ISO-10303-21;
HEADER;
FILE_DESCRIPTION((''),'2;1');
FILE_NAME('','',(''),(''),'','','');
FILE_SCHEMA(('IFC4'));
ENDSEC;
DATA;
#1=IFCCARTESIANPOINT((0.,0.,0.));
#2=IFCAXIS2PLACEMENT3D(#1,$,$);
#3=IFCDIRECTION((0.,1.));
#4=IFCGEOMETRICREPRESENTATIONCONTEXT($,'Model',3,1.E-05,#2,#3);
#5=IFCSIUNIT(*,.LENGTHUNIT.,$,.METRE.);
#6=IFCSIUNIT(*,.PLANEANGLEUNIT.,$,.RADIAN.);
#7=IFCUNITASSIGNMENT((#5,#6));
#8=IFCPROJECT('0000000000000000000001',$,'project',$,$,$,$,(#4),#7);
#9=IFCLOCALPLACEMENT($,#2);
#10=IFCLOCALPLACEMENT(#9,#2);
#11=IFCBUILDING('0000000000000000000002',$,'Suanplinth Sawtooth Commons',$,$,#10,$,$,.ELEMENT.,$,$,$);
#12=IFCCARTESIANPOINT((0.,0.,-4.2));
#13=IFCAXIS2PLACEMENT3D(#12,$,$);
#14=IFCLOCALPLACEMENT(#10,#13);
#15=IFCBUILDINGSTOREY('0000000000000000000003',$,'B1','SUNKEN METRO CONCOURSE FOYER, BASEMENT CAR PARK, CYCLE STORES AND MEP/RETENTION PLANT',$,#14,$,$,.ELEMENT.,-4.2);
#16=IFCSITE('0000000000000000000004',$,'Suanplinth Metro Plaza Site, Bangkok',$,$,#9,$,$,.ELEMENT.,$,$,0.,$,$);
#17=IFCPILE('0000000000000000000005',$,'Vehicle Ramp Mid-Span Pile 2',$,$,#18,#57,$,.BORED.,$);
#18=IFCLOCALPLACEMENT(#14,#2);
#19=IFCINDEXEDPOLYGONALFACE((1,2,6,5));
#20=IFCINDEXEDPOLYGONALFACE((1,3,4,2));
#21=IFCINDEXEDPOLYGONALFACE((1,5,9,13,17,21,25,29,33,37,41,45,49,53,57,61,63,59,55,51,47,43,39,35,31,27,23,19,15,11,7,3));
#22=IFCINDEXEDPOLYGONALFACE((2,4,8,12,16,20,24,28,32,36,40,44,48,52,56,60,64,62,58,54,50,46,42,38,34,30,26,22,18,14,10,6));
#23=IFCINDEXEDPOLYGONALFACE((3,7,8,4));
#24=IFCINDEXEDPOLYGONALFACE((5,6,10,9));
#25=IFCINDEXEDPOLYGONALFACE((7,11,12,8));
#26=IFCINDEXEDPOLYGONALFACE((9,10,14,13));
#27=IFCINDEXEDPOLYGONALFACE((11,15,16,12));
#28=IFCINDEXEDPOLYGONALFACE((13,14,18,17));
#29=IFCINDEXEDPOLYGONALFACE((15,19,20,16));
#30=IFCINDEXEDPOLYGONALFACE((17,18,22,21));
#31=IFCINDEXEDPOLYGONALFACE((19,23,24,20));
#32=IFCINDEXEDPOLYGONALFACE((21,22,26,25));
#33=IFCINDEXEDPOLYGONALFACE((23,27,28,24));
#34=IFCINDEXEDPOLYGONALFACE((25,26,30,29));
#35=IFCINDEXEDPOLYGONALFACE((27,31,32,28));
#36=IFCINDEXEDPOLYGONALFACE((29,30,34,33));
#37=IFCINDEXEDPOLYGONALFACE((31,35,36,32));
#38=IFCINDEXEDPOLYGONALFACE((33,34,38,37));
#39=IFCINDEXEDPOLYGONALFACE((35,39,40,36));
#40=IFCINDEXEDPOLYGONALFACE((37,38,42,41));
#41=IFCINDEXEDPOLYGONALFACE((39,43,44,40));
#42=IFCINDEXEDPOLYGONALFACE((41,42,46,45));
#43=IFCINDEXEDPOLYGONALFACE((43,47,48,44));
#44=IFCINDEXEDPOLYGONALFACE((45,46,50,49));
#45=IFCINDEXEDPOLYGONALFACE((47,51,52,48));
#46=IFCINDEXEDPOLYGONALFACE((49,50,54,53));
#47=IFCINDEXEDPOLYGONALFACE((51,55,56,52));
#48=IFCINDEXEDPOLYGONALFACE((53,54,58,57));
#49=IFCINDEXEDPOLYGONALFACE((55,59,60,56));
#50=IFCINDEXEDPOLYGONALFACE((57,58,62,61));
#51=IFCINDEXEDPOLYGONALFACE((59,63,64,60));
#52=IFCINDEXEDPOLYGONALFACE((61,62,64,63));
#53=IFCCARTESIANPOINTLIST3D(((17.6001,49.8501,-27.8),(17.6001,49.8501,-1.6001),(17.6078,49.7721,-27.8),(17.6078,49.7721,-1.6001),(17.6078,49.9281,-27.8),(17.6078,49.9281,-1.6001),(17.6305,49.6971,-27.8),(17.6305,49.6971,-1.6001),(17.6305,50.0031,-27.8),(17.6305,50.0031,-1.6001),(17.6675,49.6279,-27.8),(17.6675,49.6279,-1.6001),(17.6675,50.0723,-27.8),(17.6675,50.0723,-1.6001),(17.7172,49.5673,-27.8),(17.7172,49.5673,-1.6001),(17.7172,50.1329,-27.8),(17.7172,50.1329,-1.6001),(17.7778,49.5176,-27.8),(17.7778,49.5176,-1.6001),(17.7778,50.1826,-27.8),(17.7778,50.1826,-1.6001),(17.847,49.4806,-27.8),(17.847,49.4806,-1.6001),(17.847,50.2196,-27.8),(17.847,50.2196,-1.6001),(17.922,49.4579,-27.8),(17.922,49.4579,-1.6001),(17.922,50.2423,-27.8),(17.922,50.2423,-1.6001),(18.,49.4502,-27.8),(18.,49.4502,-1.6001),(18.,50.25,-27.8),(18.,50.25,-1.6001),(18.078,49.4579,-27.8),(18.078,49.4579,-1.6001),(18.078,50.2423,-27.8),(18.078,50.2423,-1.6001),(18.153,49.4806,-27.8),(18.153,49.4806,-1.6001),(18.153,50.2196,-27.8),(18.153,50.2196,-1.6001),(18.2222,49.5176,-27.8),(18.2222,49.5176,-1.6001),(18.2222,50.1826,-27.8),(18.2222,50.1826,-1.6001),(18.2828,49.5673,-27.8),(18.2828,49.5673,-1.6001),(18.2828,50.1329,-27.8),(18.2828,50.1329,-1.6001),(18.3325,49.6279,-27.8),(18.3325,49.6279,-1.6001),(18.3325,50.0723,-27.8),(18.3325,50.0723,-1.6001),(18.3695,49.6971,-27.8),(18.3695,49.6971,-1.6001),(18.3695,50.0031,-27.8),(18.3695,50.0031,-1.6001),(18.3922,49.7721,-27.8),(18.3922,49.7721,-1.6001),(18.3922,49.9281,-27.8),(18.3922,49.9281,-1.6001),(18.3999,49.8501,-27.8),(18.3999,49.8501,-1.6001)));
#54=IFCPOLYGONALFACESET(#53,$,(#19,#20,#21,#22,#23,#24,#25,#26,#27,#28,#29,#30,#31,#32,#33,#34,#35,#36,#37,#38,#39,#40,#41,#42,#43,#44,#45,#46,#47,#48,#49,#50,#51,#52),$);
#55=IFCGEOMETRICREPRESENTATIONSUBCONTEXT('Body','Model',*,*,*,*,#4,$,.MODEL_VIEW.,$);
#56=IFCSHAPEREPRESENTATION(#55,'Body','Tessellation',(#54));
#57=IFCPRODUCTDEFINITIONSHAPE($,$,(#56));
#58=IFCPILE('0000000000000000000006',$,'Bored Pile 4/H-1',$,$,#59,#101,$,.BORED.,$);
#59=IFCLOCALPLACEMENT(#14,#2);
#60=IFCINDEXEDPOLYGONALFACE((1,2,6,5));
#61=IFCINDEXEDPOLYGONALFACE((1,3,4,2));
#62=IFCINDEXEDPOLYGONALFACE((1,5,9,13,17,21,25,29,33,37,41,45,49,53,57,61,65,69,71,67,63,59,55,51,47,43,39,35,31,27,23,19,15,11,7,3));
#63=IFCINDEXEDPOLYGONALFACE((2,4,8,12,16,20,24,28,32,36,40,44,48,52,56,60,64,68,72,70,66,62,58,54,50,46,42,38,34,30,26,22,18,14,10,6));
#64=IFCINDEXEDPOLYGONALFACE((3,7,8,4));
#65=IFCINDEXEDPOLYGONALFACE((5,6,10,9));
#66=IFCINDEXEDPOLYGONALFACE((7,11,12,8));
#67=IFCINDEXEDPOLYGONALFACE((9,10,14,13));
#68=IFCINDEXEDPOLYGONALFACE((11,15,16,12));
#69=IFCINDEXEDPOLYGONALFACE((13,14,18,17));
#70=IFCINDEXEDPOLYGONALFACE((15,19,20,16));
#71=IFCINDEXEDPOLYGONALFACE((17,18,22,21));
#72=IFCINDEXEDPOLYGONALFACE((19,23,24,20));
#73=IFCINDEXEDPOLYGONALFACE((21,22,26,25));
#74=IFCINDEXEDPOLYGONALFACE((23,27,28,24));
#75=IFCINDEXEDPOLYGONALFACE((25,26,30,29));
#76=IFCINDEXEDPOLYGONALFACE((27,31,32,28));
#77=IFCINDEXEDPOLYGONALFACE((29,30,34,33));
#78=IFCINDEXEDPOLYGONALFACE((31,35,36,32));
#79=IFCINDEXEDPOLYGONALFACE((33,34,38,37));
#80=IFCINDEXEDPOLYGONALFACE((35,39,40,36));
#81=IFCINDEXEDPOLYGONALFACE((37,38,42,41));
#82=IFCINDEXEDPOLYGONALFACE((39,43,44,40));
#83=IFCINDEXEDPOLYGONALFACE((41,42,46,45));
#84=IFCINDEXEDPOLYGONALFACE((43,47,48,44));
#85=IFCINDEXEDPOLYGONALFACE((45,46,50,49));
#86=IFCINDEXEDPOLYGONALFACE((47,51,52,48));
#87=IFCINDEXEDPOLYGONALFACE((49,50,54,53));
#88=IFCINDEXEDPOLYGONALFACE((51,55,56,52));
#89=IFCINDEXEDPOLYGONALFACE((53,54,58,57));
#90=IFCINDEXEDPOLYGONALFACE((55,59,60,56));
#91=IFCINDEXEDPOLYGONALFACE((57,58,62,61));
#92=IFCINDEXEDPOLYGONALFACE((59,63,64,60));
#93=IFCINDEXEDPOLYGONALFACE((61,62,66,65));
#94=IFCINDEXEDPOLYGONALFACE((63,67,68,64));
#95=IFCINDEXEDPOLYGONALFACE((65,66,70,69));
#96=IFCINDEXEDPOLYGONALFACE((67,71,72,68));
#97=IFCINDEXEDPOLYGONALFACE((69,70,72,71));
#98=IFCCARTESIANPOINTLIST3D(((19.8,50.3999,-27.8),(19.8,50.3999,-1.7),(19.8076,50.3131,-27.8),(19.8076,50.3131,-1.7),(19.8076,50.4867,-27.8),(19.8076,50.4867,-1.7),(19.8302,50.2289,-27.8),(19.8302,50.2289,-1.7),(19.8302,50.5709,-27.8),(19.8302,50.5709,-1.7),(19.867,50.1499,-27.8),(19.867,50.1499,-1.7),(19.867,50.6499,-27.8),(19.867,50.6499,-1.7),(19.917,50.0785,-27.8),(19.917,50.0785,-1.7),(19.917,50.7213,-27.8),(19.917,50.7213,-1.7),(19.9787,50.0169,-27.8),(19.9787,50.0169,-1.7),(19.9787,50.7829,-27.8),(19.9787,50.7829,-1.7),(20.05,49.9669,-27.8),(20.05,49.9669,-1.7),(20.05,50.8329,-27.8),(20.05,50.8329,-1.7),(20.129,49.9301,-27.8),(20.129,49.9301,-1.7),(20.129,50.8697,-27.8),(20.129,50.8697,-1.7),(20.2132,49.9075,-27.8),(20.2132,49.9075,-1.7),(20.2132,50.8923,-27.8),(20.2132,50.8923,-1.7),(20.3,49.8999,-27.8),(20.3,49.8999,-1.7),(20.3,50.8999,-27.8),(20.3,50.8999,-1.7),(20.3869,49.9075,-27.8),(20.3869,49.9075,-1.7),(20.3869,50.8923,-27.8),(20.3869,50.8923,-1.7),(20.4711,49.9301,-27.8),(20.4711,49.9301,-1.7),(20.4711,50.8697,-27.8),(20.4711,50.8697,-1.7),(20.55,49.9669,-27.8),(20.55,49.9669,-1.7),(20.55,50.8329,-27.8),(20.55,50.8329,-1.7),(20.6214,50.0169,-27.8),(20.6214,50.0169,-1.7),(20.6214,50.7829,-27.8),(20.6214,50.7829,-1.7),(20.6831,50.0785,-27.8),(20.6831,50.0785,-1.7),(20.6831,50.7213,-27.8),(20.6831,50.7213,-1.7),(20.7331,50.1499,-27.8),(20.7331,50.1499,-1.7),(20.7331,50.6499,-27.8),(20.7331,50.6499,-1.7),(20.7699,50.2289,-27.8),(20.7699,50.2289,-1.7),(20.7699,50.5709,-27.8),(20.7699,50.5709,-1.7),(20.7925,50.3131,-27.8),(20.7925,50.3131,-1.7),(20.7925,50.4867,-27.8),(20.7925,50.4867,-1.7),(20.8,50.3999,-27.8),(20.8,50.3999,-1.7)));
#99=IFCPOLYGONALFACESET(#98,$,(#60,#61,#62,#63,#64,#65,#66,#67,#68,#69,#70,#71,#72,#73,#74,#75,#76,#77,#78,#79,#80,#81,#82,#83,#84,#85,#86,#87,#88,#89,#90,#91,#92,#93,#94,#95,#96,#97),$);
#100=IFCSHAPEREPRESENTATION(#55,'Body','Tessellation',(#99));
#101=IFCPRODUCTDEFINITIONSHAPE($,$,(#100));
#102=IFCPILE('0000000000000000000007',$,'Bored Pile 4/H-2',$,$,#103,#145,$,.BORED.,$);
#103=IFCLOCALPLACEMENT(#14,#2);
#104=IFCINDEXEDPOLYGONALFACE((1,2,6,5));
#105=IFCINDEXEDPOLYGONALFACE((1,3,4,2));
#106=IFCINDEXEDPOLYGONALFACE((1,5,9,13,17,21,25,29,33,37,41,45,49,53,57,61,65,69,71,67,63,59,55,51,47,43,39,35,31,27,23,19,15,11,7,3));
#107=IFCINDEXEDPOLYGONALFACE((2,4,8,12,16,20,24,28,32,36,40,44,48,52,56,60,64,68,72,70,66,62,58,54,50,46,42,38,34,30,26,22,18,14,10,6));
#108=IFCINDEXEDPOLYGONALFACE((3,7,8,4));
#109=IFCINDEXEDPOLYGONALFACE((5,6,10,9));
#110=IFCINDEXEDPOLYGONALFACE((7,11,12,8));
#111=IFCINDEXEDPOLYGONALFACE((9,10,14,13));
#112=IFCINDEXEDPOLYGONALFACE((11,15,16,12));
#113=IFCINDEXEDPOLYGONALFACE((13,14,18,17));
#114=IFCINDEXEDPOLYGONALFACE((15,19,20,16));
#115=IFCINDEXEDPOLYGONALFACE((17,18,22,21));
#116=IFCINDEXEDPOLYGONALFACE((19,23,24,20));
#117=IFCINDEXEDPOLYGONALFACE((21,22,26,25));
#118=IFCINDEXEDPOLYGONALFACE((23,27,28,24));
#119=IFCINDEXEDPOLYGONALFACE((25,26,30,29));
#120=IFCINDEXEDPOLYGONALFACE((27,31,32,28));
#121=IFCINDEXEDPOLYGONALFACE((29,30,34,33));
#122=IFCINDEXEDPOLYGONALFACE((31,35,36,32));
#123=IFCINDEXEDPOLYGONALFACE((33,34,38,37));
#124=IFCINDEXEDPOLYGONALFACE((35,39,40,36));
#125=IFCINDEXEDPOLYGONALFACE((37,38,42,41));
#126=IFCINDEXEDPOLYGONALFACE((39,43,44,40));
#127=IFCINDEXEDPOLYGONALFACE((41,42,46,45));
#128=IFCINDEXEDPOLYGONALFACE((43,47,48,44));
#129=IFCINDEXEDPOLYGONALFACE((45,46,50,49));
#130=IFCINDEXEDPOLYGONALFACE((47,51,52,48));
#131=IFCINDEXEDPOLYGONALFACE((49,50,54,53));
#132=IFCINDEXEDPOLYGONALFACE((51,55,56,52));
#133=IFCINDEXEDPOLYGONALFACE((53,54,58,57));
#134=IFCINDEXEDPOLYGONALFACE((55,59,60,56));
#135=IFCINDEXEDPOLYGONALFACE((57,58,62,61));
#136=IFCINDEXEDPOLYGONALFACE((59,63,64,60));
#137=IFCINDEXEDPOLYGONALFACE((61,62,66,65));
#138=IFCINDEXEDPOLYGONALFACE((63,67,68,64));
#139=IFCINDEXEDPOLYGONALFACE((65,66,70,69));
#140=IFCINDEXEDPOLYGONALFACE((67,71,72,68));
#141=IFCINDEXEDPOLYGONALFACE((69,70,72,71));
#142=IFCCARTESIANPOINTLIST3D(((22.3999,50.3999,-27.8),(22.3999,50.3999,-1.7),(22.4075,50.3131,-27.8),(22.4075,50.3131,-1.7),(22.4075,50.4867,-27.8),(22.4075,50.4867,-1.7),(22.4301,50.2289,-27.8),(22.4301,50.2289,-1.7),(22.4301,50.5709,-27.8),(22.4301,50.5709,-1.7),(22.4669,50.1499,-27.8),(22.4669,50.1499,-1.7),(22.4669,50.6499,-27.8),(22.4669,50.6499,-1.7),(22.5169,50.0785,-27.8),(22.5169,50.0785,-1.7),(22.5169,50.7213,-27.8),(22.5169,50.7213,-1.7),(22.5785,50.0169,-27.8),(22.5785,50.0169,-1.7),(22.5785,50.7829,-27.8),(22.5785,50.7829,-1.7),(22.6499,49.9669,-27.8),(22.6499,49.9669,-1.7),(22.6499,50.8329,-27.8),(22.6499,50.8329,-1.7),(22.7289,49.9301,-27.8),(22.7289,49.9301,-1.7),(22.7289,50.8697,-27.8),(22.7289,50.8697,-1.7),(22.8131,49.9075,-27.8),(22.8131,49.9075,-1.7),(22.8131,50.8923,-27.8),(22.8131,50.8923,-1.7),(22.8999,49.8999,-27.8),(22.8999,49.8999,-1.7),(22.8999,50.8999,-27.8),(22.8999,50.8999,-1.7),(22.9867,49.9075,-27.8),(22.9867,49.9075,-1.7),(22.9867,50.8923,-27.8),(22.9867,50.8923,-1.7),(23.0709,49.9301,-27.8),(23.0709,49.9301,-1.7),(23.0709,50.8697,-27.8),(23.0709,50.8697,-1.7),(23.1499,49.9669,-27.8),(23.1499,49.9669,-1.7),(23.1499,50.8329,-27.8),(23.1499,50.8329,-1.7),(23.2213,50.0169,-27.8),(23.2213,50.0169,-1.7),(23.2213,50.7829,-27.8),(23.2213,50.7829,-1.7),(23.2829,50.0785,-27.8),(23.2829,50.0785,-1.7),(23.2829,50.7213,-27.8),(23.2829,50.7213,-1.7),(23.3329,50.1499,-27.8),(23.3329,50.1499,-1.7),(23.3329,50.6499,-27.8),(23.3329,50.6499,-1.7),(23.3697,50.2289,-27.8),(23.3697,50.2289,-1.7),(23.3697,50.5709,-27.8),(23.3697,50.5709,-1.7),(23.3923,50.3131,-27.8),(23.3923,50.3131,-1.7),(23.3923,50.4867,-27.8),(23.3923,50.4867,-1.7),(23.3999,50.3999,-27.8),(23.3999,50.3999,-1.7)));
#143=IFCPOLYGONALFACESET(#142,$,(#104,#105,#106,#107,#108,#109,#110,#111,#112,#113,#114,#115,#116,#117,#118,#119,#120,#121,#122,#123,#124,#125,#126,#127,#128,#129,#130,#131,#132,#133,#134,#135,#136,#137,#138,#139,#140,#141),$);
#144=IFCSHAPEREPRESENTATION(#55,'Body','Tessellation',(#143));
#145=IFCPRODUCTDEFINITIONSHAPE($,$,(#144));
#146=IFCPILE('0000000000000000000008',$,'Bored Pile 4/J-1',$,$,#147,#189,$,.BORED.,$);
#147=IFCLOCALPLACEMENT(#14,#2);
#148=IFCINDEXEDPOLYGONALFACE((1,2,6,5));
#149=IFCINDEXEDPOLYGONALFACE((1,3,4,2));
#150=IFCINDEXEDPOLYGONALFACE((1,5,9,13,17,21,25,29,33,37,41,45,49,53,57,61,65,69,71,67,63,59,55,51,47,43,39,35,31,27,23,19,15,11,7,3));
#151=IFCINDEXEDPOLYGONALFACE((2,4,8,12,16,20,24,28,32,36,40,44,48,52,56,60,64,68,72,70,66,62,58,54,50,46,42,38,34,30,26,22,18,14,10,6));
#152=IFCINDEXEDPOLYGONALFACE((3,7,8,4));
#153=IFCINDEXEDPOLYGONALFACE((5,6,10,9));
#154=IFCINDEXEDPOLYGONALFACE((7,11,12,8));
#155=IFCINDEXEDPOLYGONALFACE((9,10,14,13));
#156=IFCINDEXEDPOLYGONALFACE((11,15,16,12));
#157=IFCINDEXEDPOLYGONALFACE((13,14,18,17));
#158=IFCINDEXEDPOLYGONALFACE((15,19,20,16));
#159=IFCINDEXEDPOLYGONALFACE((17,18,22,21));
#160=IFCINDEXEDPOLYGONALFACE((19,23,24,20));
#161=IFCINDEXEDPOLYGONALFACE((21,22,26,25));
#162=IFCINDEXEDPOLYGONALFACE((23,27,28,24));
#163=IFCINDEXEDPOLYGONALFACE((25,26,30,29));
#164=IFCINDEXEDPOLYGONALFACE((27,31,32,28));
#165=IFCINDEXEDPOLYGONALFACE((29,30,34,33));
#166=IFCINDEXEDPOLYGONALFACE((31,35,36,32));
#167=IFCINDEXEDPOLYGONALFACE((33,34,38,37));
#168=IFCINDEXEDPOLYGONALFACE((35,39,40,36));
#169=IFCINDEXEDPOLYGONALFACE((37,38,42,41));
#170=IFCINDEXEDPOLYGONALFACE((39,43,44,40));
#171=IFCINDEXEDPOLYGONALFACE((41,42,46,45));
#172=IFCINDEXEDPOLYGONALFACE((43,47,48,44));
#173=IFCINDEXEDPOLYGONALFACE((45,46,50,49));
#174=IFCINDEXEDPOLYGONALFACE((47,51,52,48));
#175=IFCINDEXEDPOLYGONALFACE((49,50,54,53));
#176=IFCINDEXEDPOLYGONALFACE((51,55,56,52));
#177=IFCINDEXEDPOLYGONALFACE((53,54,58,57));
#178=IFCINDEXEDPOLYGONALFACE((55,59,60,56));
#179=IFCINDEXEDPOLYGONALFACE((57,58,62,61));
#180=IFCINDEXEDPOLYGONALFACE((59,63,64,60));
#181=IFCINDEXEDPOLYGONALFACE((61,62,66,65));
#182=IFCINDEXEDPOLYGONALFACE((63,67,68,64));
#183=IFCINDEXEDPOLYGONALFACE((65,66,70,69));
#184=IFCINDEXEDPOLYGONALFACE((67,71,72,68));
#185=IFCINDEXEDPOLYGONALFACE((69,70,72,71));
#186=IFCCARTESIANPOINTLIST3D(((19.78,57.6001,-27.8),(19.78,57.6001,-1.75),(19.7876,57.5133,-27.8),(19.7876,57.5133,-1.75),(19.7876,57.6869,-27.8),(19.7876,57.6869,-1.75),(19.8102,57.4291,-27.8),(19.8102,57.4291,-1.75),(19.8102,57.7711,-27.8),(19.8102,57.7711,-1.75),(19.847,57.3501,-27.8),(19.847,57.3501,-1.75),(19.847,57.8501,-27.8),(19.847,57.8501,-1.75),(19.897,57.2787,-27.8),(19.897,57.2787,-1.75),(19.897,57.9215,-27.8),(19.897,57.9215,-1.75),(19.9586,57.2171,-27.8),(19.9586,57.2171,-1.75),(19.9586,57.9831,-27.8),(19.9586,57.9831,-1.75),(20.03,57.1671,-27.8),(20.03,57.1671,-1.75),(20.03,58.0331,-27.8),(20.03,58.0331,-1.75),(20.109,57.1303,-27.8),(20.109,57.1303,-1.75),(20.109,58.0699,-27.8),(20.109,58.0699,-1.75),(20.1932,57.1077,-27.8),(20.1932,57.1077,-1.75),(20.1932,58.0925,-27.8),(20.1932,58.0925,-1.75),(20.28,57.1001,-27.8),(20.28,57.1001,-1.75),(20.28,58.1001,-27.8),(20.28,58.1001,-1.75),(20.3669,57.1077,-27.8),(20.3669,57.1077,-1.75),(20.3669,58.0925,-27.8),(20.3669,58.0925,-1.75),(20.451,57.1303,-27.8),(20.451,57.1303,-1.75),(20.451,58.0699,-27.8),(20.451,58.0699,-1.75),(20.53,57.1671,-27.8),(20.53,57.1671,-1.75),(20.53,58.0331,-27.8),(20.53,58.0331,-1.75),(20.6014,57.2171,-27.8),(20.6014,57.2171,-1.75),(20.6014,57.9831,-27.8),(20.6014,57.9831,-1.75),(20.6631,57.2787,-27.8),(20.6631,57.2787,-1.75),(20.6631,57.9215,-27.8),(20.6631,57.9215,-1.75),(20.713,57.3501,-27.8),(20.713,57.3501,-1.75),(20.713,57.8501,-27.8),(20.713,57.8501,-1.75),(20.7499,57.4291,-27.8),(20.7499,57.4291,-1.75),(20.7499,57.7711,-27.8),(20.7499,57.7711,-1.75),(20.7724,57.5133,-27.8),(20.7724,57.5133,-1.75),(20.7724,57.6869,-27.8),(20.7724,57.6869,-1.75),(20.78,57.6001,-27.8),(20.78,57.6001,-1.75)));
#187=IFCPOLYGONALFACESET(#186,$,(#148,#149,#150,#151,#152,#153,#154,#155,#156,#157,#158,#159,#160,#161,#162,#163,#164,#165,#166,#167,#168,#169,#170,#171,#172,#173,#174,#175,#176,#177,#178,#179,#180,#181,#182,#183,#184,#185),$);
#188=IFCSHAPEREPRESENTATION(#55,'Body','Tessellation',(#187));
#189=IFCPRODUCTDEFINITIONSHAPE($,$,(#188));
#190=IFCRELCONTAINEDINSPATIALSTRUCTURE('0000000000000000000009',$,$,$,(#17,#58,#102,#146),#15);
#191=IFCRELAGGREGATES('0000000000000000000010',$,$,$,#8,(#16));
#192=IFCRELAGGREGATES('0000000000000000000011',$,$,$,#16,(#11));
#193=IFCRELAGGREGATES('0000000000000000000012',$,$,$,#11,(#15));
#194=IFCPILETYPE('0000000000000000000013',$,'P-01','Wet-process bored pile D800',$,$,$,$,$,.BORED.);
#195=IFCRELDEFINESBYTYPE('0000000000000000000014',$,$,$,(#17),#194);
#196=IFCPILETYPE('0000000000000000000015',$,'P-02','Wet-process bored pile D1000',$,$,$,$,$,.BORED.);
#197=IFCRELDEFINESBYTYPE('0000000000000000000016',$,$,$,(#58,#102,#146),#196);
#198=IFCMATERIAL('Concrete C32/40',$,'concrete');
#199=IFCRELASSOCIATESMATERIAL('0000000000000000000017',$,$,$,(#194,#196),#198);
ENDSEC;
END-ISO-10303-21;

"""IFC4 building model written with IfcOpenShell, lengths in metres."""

from ifc_helpers import new_model, si_unit, direction, frame, origin, origin_2d, place, context, subcontext, project, spatial, circle, extrude, material, material_profile, profile_set, type_object, element, save


model = new_model("IFC4")

# Units and contexts
model_context = context("Model", 3, precision=1e-05, world=origin(), true_north=direction((0.0, 1.0)))
body_context = subcontext(model_context, "Body", "Model", "MODEL_VIEW")
ifc_project = project(units=[si_unit("LENGTHUNIT", "METRE"), si_unit("PLANEANGLEUNIT", "RADIAN")], contexts=[model_context])

# Site, building, storey
site_placement = place(None, origin())
site = spatial("IfcSite", under=ifc_project, at=site_placement, Name="Suanplinth Metro Plaza Site, Bangkok", CompositionType="ELEMENT", RefElevation=0.0)
building_placement = place(site_placement, origin())
building = spatial("IfcBuilding", under=site, at=building_placement, Name="Suanplinth Sawtooth Commons", CompositionType="ELEMENT")
storey_placement = place(building_placement, frame((0.0, 0.0, -4.2)))
storey = spatial("IfcBuildingStorey", under=building, at=storey_placement, Name="B1", Description="SUNKEN METRO CONCOURSE FOYER, BASEMENT CAR PARK, CYCLE STORES AND MEP/RETENTION PLANT", CompositionType="ELEMENT", Elevation=-4.2)

# Piles
ifc_material_1 = material(Name="Concrete C32/40", Category="concrete")
ifc_material_profile_1 = material_profile(ifc_material_1, circle(Radius=0.3999, at=origin_2d()), Name="PILE D800")
ifc_profile_set_1 = profile_set([ifc_material_profile_1], Name="Concrete C32/40")
pile_type_1 = type_object("IfcPileType", Name="P-01", Description="Wet-process bored pile D800", PredefinedType="BORED", material=ifc_profile_set_1)
pile_1_placement = place(storey_placement, frame((18.0, 49.8501, -1.6001), z_axis=(0.0, 0.0, -1.0), x_axis=(1.0, 0.0, 0.0)))
element("IfcPile", 1, at=pile_1_placement, inside=storey, type_object=pile_type_1, Name="Vehicle Ramp Mid-Span Pile 2", PredefinedType="BORED", context=body_context, shape_type="SweptSolid", body=[
    extrude(circle(Radius=0.3999, at=origin_2d()), origin(), (0.0, 0.0, 1.0), 26.2),
])
ifc_material_profile_2 = material_profile(ifc_material_1, circle(Radius=0.5, at=origin_2d()), Name="PILE D1000")
ifc_profile_set_2 = profile_set([ifc_material_profile_2], Name="Concrete C32/40")
pile_type_2 = type_object("IfcPileType", Name="P-02", Description="Wet-process bored pile D1000", PredefinedType="BORED", material=ifc_profile_set_2)
for number, where, z_axis, x_axis, name in (
    (2, (20.3, 50.3999, -1.7), (0.0, 0.0, -1.0), (1.0, 0.0, 0.0), "Bored Pile 4/H-1"),
    (3, (22.8999, 50.3999, -1.7), (0.0, 0.0, -1.0), (1.0, 0.0, 0.0), "Bored Pile 4/H-2"),
):
    element("IfcPile", number, at=place(storey_placement, frame(where, z_axis=z_axis, x_axis=x_axis)), inside=storey, type_object=pile_type_2, Name=name, PredefinedType="BORED", context=body_context, shape_type="SweptSolid", body=[
        extrude(circle(Radius=0.5, at=origin_2d()), origin(), (0.0, 0.0, 1.0), 26.1001),
    ])
for number, where, z_axis, x_axis, name in (
    (4, (20.28, 57.6001, -1.75), (0.0, 0.0, -1.0), (1.0, 0.0, 0.0), "Bored Pile 4/J-1"),
):
    element("IfcPile", number, at=place(storey_placement, frame(where, z_axis=z_axis, x_axis=x_axis)), inside=storey, type_object=pile_type_2, Name=name, PredefinedType="BORED", context=body_context, shape_type="SweptSolid", body=[
        extrude(circle(Radius=0.5, at=origin_2d()), origin(), (0.0, 0.0, 1.0), 26.05),
    ])

save(model, "model.ifc")
